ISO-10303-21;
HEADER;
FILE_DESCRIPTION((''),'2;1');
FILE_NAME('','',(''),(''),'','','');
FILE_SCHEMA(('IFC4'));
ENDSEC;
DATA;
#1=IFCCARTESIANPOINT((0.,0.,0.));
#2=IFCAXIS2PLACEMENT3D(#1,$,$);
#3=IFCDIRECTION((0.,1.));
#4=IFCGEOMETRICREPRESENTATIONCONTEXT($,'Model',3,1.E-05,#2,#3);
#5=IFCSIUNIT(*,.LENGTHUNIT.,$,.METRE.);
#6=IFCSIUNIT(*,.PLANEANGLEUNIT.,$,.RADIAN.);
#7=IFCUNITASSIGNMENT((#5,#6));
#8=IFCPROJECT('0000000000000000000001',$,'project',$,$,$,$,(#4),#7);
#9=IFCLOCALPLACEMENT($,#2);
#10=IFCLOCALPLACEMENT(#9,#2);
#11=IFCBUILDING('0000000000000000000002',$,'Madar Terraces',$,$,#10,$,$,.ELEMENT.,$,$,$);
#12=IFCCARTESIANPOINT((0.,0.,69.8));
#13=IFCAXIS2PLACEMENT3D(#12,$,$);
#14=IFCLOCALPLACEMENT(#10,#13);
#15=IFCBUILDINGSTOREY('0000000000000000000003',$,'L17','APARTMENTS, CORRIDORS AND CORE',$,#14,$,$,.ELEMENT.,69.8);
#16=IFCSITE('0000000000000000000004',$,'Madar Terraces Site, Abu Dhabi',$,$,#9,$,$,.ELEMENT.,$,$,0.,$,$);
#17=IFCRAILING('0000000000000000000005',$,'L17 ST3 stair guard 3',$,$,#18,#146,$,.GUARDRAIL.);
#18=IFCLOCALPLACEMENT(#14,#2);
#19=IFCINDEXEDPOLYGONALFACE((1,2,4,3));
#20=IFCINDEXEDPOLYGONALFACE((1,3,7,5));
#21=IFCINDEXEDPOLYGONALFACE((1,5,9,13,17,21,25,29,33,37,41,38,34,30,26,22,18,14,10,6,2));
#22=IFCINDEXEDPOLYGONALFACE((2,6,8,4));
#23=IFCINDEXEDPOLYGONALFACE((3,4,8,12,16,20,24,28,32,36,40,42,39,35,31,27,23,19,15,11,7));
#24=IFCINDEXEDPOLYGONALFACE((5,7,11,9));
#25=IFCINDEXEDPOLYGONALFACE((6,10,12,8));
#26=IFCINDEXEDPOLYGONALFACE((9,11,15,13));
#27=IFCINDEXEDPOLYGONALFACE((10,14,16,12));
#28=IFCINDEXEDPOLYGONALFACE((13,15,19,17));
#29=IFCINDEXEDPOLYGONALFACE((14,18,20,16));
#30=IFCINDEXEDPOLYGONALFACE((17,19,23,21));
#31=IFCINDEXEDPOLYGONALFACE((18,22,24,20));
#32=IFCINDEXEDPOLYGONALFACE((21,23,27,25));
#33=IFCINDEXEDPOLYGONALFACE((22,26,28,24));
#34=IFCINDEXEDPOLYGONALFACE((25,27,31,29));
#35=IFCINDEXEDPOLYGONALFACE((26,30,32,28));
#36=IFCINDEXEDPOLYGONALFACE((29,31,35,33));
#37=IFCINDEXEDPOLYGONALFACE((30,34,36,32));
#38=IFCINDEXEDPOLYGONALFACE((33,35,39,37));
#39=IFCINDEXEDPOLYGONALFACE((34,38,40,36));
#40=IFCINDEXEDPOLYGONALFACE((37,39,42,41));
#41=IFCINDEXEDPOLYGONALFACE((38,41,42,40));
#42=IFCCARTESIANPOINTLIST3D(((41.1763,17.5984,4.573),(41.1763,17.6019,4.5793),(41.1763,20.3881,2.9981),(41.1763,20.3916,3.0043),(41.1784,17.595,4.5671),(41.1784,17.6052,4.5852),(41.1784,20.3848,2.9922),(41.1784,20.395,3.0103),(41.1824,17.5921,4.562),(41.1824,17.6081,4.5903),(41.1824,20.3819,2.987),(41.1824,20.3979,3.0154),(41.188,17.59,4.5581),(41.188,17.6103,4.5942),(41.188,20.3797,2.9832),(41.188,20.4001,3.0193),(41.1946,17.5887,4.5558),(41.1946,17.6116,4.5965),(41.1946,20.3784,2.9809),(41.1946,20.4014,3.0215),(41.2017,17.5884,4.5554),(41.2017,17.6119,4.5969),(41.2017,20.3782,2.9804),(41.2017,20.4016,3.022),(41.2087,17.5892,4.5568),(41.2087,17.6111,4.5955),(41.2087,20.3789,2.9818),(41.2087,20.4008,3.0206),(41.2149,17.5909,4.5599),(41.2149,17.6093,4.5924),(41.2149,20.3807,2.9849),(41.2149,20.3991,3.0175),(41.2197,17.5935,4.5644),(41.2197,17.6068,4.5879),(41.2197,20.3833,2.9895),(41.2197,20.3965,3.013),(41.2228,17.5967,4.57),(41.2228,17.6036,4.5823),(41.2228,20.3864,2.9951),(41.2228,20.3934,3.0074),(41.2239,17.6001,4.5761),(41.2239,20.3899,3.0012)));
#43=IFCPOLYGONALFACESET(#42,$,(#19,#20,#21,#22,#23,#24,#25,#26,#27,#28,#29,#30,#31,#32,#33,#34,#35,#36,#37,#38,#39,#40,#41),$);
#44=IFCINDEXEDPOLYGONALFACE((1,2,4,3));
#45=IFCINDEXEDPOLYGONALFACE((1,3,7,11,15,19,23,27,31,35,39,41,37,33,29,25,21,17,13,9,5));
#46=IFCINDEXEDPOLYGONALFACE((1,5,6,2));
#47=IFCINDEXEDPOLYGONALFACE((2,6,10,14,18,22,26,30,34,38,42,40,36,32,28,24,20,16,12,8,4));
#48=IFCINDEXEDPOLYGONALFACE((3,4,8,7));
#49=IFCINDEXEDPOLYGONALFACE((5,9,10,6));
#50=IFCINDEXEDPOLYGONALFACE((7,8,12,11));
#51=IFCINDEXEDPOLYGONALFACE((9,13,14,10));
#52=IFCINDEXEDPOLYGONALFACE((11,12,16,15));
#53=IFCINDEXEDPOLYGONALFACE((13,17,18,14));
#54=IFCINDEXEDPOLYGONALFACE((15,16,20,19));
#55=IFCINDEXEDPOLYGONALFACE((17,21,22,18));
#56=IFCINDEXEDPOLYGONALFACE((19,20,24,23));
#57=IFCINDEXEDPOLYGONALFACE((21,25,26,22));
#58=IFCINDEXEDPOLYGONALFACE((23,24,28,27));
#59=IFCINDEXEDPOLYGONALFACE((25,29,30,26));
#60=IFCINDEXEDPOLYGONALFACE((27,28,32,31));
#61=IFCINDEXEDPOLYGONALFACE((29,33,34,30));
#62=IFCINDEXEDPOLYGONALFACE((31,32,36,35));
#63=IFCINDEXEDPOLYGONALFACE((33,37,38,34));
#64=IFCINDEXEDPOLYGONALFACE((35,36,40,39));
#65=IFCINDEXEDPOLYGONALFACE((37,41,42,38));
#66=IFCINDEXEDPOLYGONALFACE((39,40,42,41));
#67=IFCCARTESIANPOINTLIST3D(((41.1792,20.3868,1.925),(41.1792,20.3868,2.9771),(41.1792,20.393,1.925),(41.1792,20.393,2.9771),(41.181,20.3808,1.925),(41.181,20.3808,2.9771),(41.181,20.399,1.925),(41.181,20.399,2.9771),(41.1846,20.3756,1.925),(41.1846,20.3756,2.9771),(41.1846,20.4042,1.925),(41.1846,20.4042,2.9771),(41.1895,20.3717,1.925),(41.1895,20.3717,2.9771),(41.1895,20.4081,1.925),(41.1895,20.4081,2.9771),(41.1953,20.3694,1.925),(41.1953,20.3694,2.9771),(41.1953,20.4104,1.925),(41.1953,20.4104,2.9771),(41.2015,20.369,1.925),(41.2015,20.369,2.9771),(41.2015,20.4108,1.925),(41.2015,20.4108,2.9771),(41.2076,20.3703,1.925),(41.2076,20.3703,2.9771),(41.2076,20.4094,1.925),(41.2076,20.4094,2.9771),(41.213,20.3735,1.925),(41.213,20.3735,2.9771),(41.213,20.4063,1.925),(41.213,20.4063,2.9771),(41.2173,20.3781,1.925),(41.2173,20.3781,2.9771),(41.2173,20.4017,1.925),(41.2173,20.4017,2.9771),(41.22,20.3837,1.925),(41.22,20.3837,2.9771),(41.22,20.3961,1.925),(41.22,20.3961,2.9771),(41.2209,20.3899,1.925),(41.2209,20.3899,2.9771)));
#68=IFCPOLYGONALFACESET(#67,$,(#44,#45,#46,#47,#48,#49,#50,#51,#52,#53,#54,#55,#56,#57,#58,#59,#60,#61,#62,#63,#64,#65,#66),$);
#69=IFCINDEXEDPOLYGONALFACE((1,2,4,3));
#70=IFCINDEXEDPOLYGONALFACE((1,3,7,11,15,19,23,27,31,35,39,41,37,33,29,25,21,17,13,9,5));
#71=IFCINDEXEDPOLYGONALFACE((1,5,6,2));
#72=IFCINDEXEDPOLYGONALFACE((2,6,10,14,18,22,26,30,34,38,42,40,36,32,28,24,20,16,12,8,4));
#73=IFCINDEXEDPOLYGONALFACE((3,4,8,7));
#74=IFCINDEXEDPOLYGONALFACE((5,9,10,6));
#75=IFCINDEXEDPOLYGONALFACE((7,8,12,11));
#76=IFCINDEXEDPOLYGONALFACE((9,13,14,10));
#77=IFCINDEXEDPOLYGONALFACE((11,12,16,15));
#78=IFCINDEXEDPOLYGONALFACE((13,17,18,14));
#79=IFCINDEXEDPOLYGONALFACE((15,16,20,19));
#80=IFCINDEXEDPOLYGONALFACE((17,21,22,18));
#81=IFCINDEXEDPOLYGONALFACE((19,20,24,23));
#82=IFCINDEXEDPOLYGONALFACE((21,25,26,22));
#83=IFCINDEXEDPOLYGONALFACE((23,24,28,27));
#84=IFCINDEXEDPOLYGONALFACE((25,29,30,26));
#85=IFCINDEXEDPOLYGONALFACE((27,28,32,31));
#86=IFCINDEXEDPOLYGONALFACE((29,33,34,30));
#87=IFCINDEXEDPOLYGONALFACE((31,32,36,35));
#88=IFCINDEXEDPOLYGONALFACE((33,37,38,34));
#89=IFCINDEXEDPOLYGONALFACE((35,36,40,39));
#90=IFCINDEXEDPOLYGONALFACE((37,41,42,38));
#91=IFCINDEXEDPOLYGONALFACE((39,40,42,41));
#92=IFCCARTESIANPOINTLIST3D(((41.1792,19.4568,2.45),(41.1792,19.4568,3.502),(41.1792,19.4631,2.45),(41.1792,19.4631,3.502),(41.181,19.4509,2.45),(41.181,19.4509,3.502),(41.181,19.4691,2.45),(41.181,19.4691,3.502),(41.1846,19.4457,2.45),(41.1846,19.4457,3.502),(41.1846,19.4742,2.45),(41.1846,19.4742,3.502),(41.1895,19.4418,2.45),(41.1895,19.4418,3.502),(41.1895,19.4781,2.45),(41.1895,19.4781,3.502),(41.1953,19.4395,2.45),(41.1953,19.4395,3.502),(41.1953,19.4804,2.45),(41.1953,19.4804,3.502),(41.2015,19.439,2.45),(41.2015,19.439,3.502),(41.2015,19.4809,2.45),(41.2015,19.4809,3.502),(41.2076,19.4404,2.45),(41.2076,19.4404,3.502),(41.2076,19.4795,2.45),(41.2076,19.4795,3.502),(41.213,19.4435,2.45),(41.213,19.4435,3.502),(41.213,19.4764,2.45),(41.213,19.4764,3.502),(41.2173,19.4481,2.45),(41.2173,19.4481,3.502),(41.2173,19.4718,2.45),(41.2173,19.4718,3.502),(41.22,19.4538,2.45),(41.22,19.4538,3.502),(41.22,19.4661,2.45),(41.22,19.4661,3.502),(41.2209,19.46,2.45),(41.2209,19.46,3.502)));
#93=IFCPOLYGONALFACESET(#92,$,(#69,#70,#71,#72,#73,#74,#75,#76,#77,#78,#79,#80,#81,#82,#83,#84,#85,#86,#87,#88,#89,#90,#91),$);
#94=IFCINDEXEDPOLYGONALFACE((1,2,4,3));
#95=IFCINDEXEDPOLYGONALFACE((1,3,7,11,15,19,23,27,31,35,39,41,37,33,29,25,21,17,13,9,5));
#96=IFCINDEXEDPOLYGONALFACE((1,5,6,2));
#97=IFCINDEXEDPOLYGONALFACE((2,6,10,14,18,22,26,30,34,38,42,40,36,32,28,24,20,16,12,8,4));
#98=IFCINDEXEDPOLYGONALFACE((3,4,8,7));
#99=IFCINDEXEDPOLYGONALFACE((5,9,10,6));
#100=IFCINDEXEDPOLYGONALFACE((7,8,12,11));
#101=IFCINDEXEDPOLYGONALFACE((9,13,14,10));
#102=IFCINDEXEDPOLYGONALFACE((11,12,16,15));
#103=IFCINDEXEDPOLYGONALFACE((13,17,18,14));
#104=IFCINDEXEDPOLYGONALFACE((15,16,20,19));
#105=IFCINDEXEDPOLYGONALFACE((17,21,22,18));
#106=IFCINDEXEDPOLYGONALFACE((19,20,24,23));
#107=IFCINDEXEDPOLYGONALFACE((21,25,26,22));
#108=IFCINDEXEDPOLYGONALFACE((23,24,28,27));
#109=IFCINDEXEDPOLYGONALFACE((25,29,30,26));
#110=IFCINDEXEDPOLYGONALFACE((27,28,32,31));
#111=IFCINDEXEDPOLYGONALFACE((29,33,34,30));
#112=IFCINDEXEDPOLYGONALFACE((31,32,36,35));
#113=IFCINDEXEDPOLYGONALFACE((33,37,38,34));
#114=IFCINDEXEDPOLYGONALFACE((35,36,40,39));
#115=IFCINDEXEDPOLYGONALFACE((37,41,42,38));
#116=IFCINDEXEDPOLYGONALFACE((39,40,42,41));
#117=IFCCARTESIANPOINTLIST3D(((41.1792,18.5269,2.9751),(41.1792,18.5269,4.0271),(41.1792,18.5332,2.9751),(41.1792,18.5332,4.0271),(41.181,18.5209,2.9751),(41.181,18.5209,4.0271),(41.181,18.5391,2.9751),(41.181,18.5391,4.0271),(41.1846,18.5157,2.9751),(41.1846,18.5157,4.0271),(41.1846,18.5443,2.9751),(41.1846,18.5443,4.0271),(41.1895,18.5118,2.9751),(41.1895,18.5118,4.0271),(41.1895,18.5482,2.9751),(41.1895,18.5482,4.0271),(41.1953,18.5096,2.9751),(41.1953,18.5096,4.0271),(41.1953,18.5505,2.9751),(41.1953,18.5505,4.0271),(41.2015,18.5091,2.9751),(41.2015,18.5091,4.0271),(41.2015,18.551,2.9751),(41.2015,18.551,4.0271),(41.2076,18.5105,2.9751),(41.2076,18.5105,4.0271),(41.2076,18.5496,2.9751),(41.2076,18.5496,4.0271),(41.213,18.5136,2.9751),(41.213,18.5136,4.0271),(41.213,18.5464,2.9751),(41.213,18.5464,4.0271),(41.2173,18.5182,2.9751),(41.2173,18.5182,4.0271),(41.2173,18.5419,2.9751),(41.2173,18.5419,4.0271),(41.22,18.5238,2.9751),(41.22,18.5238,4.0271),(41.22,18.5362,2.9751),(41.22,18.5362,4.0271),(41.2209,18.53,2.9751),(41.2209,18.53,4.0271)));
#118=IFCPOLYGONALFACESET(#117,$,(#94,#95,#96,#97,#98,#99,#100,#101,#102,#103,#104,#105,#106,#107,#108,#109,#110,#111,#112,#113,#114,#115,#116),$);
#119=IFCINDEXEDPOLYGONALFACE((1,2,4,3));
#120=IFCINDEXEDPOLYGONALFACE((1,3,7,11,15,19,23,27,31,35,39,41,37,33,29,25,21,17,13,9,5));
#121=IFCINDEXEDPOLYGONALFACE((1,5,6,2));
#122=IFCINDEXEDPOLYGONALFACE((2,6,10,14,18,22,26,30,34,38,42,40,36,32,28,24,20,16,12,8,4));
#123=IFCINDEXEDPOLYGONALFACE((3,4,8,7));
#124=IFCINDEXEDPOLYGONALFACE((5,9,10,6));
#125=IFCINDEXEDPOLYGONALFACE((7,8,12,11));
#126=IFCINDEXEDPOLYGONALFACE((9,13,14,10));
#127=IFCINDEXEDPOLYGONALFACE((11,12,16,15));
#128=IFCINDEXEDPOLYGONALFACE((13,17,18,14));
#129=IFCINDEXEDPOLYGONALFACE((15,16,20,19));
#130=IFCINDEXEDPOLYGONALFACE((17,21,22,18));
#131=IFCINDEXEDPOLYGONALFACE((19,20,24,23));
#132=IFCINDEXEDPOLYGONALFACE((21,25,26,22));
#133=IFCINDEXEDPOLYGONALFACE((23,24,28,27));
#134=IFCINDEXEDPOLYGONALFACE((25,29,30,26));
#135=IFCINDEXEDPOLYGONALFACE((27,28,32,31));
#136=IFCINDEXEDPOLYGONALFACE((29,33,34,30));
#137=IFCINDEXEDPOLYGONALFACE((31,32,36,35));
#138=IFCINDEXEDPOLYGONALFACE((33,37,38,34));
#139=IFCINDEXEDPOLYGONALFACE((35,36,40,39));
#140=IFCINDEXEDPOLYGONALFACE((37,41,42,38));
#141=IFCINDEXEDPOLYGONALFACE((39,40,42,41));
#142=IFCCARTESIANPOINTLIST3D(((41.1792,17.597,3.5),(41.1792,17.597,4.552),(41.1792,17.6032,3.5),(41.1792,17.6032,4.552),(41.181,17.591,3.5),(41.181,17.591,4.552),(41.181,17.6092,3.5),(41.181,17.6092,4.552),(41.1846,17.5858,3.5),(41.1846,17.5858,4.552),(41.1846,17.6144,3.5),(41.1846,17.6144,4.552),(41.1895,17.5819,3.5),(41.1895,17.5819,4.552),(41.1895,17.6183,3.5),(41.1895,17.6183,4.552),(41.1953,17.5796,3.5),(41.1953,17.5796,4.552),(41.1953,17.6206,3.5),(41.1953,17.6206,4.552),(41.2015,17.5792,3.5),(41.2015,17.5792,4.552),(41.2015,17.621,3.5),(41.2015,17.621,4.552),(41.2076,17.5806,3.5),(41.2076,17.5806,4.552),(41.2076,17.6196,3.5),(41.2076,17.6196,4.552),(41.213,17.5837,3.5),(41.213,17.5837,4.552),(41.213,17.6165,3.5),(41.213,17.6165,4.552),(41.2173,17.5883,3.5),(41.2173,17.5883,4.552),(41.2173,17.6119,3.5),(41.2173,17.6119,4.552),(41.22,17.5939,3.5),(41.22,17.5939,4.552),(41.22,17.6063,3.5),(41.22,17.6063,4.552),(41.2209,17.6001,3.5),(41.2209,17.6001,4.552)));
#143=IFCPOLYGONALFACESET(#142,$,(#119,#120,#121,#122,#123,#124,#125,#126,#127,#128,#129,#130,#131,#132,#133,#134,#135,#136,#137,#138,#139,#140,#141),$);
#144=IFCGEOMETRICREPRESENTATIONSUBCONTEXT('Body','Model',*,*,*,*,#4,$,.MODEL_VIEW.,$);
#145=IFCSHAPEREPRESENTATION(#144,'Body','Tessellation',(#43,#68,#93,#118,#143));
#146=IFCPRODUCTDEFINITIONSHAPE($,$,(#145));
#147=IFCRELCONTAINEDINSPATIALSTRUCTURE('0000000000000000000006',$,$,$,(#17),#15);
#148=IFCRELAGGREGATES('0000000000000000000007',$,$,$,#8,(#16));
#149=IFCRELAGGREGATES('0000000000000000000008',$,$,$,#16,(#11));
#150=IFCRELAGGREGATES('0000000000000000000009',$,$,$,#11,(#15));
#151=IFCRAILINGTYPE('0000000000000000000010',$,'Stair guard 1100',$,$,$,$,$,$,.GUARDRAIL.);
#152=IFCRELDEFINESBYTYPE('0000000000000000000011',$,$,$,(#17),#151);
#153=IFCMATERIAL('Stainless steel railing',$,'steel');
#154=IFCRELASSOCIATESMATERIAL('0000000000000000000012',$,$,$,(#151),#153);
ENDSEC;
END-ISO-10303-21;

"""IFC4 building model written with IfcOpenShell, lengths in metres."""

from ifc_helpers import new_model, si_unit, direction, frame, origin, origin_2d, place, context, subcontext, project, spatial, circle, extrude, material, type_object, element, save


model = new_model("IFC4")

# Units and contexts
model_context = context("Model", 3, precision=1e-05, world=origin(), true_north=direction((0.0, 1.0)))
body_context = subcontext(model_context, "Body", "Model", "MODEL_VIEW")
ifc_project = project(units=[si_unit("LENGTHUNIT", "METRE"), si_unit("PLANEANGLEUNIT", "RADIAN")], contexts=[model_context])

# Site, building, storey
site_placement = place(None, origin())
site = spatial("IfcSite", under=ifc_project, at=site_placement, Name="Madar Terraces Site, Abu Dhabi", CompositionType="ELEMENT", RefElevation=0.0)
building_placement = place(site_placement, origin())
building = spatial("IfcBuilding", under=site, at=building_placement, Name="Madar Terraces", CompositionType="ELEMENT")
storey_placement = place(building_placement, frame((0.0, 0.0, 69.8)))
storey = spatial("IfcBuildingStorey", under=building, at=storey_placement, Name="L17", Description="APARTMENTS, CORRIDORS AND CORE", CompositionType="ELEMENT", Elevation=69.8)

# Railing
ifc_material_1 = material(Name="Stainless steel railing", Category="steel")
railing_type_1 = type_object("IfcRailingType", Name="Stair guard 1100", PredefinedType="GUARDRAIL", material=ifc_material_1)
railing_1_placement = place(storey_placement, frame((41.2, 20.3899, 1.925)))
element("IfcRailing", 1, at=railing_1_placement, inside=storey, type_object=railing_type_1, Name="L17 ST3 stair guard 3", PredefinedType="GUARDRAIL", context=body_context, shape_type="SweptSolid", body=[
    extrude(circle(Radius=0.0239, at=origin_2d()), frame((0.0, 0.0, 1.0762), z_axis=(0.0, -0.870815, 0.49161), x_axis=(1.0, 0.0, 0.0)), (0.0, 0.0, 1.0), 3.2036),
    extrude(circle(Radius=0.021, at=origin_2d()), origin(), (0.0, 0.0, 1.0), 1.052),
    extrude(circle(Radius=0.021, at=origin_2d()), frame((0.0, -0.9299, 0.5249)), (0.0, 0.0, 1.0), 1.052),
    extrude(circle(Radius=0.021, at=origin_2d()), frame((0.0, -1.8599, 1.05)), (0.0, 0.0, 1.0), 1.052),
    extrude(circle(Radius=0.021, at=origin_2d()), frame((0.0, -2.7898, 1.575)), (0.0, 0.0, 1.0), 1.052),
])

save(model, "model.ifc")
